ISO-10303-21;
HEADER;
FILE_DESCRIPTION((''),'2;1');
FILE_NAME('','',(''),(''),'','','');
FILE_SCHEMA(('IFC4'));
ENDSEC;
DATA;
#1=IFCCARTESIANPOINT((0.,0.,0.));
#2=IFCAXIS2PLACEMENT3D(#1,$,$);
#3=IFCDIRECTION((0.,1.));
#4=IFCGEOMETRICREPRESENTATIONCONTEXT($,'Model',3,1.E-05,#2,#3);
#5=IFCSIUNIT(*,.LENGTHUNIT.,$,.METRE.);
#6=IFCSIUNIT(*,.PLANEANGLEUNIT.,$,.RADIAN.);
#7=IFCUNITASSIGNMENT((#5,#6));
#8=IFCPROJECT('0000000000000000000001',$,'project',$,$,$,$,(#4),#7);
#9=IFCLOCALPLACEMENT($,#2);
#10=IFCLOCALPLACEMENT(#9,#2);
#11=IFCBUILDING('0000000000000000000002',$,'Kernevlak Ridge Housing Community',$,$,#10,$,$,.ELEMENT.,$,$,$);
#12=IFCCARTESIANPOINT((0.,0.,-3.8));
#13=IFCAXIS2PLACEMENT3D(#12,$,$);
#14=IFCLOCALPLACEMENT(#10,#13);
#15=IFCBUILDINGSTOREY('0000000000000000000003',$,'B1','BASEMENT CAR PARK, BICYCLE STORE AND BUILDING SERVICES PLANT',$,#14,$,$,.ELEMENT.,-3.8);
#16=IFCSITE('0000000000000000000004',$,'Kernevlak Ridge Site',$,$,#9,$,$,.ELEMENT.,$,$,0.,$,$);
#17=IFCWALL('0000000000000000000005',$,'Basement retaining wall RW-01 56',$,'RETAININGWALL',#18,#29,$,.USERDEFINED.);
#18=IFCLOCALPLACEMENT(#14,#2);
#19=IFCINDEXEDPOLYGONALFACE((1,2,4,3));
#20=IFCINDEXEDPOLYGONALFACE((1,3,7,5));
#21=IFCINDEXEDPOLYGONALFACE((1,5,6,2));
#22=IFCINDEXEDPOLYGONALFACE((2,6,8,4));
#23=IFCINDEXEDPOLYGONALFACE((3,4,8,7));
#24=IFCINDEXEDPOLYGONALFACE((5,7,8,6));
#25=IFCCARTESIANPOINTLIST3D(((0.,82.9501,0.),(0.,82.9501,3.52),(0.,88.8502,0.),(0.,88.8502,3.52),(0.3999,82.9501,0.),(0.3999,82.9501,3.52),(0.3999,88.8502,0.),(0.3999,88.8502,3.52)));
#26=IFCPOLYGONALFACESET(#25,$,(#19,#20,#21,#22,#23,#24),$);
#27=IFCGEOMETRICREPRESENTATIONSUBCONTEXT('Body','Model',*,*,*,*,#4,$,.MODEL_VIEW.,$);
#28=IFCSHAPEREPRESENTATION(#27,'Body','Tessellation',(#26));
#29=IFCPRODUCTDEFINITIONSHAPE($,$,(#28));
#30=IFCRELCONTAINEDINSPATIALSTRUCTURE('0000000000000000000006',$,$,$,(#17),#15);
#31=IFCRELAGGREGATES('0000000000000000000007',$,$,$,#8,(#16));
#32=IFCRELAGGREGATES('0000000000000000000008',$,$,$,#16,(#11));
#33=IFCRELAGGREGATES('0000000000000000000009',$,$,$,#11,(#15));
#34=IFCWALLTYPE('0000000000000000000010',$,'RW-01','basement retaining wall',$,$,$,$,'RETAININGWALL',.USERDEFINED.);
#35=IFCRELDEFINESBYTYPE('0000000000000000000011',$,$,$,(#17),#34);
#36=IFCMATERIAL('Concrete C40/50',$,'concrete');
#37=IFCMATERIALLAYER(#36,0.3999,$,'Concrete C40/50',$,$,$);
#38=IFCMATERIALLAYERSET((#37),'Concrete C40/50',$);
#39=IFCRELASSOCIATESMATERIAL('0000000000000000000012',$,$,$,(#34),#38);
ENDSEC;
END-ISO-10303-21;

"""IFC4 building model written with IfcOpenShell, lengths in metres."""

from ifc_helpers import new_model, si_unit, direction, frame, frame_2d, origin, place, context, subcontext, project, spatial, rectangle, extrude, material, layer, layer_set, type_object, element, save


model = new_model("IFC4")

# Units and contexts
model_context = context("Model", 3, precision=1e-05, world=origin(), true_north=direction((0.0, 1.0)))
body_context = subcontext(model_context, "Body", "Model", "MODEL_VIEW")
ifc_project = project(units=[si_unit("LENGTHUNIT", "METRE"), si_unit("PLANEANGLEUNIT", "RADIAN")], contexts=[model_context])

# Site, building, storey
site_placement = place(None, origin())
site = spatial("IfcSite", under=ifc_project, at=site_placement, Name="Kernevlak Ridge Site", CompositionType="ELEMENT", RefElevation=0.0)
building_placement = place(site_placement, origin())
building = spatial("IfcBuilding", under=site, at=building_placement, Name="Kernevlak Ridge Housing Community", CompositionType="ELEMENT")
storey_placement = place(building_placement, frame((0.0, 0.0, -3.8)))
storey = spatial("IfcBuildingStorey", under=building, at=storey_placement, Name="B1", Description="BASEMENT CAR PARK, BICYCLE STORE AND BUILDING SERVICES PLANT", CompositionType="ELEMENT", Elevation=-3.8)

# Shared definitions
ifc_material_1 = material(Name="Concrete C40/50", Category="concrete")

# Wall
ifc_layer_1 = layer(ifc_material_1, 0.3999, Name="Concrete C40/50")
ifc_layer_set_1 = layer_set([ifc_layer_1], Name="Concrete C40/50")
wall_type_1 = type_object("IfcWallType", Name="RW-01", Description="basement retaining wall", ElementType="RETAININGWALL", PredefinedType="USERDEFINED", material=ifc_layer_set_1)
wall_1_placement = place(storey_placement, frame((0.2, 82.95, 0.0), z_axis=(0.0, 0.0, 1.0), x_axis=(0.0, 1.0, 0.0)))
element("IfcWall", 1, at=wall_1_placement, inside=storey, type_object=wall_type_1, Name="Basement retaining wall RW-01 56", ObjectType="RETAININGWALL", PredefinedType="USERDEFINED", context=body_context, shape_type="SweptSolid", body=[
    extrude(rectangle(XDim=5.9001, YDim=0.3999, at=frame_2d((2.9502, 0.0))), origin(), (0.0, 0.0, 1.0), 3.52),
])

save(model, "model.ifc")
